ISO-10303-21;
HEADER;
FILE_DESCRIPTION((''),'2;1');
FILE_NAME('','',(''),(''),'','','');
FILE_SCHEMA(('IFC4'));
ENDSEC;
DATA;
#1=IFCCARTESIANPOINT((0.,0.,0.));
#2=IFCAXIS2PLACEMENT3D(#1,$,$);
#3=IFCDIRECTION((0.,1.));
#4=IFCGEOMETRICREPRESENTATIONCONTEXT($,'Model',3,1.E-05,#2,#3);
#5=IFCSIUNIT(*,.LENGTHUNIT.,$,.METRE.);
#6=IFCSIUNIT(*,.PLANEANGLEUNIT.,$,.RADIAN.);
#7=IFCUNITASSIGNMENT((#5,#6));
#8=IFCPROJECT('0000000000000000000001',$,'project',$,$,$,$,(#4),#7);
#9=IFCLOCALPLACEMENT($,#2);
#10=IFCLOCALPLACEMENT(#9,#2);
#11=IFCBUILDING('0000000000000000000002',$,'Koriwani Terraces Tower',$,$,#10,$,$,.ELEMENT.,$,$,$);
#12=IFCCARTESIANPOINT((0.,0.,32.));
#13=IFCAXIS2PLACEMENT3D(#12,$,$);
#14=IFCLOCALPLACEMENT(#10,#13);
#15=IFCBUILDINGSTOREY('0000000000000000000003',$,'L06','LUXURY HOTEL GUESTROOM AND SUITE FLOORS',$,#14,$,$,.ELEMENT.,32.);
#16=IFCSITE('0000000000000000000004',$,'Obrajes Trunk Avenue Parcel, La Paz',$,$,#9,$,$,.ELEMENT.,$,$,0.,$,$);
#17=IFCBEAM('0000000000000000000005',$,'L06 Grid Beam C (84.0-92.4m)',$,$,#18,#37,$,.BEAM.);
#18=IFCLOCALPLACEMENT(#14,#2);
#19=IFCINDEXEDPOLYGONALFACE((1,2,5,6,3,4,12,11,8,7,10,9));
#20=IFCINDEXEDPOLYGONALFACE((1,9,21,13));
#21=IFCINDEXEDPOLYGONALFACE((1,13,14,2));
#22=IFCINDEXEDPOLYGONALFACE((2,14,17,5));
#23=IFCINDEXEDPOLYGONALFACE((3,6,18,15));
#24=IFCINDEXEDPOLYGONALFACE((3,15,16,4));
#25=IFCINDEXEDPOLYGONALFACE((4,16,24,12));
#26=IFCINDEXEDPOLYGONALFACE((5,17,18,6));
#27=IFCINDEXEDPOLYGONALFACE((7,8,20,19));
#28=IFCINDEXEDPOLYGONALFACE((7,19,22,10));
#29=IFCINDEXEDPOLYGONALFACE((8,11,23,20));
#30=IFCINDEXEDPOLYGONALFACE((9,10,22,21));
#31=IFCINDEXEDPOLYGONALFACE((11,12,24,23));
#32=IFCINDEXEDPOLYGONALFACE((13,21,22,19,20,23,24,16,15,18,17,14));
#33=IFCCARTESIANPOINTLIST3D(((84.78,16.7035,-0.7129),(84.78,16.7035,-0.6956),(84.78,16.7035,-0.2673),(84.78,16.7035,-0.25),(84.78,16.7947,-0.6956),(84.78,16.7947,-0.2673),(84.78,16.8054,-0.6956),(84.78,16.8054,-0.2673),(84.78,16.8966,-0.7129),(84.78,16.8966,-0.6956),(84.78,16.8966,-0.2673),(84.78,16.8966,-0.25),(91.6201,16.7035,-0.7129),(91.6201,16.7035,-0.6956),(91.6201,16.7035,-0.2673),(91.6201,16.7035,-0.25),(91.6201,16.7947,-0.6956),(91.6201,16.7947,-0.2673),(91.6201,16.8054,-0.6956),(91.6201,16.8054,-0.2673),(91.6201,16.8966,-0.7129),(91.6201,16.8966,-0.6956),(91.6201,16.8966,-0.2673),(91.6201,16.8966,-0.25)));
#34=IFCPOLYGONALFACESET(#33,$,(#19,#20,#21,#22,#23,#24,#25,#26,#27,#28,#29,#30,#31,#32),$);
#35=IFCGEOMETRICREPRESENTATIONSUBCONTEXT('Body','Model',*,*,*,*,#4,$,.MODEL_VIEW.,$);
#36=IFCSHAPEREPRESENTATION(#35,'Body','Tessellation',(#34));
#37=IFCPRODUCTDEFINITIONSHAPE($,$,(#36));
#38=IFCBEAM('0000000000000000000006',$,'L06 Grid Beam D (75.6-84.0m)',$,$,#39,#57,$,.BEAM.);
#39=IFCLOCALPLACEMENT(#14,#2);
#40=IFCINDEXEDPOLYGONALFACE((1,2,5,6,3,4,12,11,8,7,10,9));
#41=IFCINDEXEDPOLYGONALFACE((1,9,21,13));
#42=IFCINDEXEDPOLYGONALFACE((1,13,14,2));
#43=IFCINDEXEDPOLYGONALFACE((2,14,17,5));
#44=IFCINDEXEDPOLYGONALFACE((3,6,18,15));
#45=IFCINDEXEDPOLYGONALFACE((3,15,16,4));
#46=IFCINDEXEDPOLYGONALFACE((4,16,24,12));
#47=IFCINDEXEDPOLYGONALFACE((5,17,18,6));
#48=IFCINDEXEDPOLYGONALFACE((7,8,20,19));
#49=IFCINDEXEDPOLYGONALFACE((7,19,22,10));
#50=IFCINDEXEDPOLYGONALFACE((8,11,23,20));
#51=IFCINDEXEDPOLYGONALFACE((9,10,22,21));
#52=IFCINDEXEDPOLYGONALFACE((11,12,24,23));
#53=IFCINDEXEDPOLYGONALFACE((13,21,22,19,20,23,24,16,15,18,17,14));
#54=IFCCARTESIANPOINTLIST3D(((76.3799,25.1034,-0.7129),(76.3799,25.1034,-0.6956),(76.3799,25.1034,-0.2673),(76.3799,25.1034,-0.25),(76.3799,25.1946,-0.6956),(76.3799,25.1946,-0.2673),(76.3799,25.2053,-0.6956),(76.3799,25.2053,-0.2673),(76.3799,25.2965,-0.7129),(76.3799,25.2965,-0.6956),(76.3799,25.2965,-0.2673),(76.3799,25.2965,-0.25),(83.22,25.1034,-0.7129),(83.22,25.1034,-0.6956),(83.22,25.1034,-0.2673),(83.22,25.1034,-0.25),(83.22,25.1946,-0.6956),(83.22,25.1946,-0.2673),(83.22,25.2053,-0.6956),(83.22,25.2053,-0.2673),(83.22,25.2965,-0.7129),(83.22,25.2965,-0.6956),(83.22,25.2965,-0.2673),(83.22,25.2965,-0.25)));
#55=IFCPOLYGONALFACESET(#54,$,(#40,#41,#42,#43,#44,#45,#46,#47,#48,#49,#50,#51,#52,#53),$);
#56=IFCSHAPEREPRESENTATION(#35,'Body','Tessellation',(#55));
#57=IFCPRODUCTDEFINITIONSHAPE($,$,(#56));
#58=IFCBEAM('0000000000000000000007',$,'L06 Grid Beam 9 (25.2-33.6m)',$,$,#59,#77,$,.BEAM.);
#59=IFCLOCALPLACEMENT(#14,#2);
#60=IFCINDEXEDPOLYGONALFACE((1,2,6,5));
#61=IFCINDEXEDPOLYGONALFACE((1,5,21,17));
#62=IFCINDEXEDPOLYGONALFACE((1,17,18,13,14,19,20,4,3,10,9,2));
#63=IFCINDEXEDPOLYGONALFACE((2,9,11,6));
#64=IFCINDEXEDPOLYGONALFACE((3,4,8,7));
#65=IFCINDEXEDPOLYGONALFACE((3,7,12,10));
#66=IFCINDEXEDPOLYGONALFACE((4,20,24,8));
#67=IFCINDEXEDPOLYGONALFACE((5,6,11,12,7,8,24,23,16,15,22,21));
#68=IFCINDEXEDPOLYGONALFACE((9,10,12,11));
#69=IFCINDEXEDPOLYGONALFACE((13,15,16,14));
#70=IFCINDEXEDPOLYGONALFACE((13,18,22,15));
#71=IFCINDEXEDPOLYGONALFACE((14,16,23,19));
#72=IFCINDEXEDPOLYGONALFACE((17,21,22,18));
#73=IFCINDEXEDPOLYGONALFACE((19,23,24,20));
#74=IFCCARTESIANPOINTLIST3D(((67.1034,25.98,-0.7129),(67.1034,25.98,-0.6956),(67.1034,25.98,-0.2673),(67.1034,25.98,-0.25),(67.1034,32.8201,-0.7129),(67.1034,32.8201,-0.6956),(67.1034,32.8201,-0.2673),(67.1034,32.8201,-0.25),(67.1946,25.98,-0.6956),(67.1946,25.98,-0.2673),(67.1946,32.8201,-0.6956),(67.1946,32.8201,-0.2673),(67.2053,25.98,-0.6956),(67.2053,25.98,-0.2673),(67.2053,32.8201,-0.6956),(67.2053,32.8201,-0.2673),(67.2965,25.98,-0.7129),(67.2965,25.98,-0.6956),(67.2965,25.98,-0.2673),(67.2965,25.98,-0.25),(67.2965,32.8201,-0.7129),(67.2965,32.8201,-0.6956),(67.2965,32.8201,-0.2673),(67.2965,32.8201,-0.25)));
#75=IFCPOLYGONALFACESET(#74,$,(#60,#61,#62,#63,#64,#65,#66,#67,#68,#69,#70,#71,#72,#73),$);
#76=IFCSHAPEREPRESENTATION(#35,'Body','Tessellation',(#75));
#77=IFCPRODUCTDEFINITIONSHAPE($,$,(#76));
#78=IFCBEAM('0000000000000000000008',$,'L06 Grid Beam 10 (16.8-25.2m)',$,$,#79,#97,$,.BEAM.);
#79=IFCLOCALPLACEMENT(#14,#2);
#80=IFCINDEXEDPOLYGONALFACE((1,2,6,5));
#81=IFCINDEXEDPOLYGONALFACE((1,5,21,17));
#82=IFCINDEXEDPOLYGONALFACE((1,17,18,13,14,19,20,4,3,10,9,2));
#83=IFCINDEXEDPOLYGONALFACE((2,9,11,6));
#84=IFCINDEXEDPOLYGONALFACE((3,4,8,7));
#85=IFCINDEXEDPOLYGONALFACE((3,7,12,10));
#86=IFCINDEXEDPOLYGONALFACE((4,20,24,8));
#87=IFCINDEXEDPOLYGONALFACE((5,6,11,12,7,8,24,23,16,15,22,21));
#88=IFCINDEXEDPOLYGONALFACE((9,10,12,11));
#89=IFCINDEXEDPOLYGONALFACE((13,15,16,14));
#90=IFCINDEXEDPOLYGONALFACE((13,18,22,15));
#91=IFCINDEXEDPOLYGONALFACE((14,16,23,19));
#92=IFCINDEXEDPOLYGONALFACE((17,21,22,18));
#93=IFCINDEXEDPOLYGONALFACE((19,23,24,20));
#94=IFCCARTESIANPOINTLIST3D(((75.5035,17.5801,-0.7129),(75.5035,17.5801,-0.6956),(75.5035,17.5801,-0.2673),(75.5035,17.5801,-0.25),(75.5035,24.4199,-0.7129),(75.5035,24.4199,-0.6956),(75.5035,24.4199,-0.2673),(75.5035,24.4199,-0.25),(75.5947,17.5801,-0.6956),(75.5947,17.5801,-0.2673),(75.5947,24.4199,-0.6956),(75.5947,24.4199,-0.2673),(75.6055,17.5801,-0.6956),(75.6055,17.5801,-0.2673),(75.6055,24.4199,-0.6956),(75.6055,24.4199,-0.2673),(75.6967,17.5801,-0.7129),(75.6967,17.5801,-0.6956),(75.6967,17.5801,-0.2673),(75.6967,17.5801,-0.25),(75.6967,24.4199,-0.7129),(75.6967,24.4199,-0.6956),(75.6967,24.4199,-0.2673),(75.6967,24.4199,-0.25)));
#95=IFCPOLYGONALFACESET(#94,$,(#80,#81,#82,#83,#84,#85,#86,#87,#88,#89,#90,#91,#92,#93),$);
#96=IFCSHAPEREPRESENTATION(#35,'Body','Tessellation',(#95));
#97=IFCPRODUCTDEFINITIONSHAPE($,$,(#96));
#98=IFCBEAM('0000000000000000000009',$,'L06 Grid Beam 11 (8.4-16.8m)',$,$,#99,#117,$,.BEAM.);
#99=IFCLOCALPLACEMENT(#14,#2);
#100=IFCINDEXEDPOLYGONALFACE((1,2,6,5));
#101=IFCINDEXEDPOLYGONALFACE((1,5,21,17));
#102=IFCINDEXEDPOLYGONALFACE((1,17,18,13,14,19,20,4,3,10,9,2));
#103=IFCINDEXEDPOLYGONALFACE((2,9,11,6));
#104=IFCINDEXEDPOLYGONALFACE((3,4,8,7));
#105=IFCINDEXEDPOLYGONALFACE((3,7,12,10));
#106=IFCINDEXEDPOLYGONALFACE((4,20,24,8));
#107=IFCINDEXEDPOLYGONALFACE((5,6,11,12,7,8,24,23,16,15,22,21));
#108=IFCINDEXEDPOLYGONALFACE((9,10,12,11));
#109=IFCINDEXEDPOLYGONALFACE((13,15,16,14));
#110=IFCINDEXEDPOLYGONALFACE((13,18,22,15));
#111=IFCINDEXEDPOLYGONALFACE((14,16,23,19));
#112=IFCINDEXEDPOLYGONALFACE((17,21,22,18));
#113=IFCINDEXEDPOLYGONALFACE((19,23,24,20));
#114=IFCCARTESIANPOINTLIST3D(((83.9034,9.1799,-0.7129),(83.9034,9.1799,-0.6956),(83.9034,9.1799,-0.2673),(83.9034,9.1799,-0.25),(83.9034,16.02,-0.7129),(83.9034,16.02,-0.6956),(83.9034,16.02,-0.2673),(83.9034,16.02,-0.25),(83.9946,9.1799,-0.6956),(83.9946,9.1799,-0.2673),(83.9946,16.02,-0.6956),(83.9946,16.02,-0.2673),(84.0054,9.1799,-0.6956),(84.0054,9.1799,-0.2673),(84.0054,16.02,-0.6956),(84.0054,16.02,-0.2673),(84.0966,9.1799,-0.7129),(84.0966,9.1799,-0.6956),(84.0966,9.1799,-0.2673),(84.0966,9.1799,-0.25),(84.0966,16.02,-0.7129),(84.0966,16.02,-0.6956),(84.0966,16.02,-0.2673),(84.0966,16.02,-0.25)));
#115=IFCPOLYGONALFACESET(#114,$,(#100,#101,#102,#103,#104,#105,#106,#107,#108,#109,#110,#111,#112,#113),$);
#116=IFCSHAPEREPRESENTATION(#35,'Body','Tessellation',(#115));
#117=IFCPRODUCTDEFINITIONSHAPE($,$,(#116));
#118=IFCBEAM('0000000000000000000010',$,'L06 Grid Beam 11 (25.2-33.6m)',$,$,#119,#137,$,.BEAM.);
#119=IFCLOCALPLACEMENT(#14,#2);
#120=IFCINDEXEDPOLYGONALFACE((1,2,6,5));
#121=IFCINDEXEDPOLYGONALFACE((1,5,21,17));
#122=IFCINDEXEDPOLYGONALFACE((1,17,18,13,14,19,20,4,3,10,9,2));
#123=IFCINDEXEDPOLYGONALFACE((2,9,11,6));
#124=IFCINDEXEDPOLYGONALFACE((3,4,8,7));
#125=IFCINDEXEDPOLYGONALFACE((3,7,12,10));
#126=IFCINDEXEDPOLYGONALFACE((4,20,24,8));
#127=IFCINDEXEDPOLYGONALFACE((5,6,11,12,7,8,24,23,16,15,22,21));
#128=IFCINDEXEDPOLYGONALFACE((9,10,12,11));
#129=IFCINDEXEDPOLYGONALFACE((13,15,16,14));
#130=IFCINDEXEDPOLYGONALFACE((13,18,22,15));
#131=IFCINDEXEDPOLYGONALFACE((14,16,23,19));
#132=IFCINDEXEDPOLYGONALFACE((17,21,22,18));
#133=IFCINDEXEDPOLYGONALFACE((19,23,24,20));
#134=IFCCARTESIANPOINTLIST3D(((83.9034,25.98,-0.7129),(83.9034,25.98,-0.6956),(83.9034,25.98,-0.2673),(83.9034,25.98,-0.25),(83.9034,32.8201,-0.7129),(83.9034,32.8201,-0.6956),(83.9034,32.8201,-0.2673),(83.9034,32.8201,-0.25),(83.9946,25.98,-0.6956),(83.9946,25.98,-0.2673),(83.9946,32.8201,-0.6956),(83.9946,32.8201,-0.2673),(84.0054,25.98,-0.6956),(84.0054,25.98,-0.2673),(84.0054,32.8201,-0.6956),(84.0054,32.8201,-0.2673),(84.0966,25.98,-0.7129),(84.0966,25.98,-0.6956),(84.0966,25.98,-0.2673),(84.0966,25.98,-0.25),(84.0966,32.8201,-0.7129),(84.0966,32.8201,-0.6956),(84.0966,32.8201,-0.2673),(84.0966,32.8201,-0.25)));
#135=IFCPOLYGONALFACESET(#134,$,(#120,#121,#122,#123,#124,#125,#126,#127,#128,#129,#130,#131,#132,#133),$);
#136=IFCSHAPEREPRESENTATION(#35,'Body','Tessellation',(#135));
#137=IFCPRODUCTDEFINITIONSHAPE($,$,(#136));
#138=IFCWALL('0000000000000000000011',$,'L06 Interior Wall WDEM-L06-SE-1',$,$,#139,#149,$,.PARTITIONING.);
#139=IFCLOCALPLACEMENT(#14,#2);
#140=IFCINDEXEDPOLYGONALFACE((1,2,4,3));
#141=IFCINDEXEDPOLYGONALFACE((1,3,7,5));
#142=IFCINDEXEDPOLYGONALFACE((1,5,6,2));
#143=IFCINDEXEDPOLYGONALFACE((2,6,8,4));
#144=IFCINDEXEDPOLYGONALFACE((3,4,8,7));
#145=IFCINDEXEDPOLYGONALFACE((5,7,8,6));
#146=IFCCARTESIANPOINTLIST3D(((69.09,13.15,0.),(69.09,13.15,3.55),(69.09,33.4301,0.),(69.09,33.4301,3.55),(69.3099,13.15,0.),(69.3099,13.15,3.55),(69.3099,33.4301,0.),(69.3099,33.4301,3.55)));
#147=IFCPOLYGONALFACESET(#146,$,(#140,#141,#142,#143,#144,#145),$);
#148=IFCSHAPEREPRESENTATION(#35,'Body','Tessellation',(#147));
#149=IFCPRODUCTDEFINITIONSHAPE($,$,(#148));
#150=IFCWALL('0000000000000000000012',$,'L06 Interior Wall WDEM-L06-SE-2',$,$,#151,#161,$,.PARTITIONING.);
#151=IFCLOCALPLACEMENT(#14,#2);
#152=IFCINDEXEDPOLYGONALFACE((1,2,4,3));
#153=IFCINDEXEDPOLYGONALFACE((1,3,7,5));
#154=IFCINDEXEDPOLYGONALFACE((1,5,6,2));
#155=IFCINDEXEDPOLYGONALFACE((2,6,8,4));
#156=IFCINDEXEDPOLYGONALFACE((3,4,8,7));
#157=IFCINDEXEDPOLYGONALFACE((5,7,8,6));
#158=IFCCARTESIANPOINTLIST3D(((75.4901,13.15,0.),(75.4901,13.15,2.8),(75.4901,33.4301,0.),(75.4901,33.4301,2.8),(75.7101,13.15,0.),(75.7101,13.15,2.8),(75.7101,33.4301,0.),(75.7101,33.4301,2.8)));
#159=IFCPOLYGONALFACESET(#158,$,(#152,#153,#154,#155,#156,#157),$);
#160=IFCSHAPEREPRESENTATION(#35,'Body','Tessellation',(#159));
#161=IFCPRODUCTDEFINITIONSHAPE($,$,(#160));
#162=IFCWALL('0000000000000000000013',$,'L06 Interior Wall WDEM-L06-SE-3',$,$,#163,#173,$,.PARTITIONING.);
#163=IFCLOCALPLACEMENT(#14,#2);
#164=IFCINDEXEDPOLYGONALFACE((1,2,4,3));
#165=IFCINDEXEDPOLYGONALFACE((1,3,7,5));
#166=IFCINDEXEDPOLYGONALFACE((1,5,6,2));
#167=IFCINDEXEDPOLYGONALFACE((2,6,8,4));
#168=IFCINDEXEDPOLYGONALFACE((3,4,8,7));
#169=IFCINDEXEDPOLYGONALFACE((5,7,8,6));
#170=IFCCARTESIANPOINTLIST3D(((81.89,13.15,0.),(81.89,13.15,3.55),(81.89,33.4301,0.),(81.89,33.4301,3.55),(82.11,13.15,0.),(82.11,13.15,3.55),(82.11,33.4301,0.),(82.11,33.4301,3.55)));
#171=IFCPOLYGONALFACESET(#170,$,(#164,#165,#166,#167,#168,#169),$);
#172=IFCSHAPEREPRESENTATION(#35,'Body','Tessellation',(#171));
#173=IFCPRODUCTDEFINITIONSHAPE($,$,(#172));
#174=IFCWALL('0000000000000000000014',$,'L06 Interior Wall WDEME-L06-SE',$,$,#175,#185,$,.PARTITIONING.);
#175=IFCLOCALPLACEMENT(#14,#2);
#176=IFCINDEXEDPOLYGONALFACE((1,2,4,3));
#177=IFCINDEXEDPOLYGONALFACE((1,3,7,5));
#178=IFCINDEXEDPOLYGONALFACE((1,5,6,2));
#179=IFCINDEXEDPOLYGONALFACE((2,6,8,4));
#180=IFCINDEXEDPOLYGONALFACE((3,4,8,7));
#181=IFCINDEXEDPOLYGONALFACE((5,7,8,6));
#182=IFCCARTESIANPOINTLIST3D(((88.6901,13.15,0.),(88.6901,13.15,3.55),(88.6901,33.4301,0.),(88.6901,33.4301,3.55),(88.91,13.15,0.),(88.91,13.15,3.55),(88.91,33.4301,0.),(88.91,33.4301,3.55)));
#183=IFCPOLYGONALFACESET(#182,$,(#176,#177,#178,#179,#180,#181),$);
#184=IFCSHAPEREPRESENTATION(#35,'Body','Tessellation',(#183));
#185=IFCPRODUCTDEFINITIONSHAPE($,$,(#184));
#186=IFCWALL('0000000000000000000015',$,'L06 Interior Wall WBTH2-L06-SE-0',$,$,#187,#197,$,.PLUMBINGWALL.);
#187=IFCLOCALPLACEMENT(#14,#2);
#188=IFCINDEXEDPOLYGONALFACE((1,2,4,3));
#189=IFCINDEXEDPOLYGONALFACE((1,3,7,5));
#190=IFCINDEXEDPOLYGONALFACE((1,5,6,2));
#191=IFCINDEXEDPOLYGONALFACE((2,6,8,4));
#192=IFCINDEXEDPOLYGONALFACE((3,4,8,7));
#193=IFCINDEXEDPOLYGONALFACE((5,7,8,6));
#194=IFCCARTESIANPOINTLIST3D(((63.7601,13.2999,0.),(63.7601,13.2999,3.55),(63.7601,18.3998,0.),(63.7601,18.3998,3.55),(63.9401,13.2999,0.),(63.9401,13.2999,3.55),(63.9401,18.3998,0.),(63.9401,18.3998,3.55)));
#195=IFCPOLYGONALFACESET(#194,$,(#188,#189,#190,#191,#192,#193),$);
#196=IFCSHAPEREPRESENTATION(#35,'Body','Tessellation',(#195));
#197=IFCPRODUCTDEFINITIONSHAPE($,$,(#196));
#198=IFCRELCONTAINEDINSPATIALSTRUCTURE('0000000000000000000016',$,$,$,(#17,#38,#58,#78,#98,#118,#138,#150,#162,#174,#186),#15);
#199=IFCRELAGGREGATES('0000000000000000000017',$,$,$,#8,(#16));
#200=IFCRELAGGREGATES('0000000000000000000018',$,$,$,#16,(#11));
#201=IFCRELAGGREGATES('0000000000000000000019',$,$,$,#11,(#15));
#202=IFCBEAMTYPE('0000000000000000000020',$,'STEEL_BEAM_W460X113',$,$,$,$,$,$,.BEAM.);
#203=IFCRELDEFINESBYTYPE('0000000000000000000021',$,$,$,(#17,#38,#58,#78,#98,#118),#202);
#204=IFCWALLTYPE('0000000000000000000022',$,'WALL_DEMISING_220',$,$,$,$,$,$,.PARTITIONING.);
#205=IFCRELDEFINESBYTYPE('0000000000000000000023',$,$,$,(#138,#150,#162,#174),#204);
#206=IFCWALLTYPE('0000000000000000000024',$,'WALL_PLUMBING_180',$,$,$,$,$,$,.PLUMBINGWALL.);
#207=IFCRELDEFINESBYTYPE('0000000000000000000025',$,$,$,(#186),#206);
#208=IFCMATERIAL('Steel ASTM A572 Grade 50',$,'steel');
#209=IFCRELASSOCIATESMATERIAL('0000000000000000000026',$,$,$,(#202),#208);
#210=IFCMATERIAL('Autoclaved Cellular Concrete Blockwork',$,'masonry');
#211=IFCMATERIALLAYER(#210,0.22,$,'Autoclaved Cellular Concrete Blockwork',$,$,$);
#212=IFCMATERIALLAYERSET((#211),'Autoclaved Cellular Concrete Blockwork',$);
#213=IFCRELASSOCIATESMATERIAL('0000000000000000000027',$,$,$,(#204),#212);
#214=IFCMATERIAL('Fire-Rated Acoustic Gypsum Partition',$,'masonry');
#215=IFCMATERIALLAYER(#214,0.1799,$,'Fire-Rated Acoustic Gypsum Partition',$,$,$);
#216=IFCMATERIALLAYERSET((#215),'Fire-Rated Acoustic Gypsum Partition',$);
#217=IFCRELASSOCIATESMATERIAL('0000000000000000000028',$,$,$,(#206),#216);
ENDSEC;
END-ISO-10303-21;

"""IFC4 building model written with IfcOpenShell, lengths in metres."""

from ifc_helpers import new_model, si_unit, direction, frame, frame_2d, origin, origin_2d, place, context, subcontext, project, spatial, rectangle, i_section, extrude, material, layer, layer_set, material_profile, profile_set, type_object, element, save


model = new_model("IFC4")

# Units and contexts
model_context = context("Model", 3, precision=1e-05, world=origin(), true_north=direction((0.0, 1.0)))
body_context = subcontext(model_context, "Body", "Model", "MODEL_VIEW")
ifc_project = project(units=[si_unit("LENGTHUNIT", "METRE"), si_unit("PLANEANGLEUNIT", "RADIAN")], contexts=[model_context])

# Site, building, storey
site_placement = place(None, origin())
site = spatial("IfcSite", under=ifc_project, at=site_placement, Name="Obrajes Trunk Avenue Parcel, La Paz", CompositionType="ELEMENT", RefElevation=0.0)
building_placement = place(site_placement, origin())
building = spatial("IfcBuilding", under=site, at=building_placement, Name="Koriwani Terraces Tower", CompositionType="ELEMENT")
storey_placement = place(building_placement, frame((0.0, 0.0, 32.0)))
storey = spatial("IfcBuildingStorey", under=building, at=storey_placement, Name="L06", Description="LUXURY HOTEL GUESTROOM AND SUITE FLOORS", CompositionType="ELEMENT", Elevation=32.0)

# Beams
ifc_material_1 = material(Name="Steel ASTM A572 Grade 50", Category="steel")
ifc_material_profile_1 = material_profile(ifc_material_1, i_section(OverallWidth=0.1931, OverallDepth=0.4629, WebThickness=0.0107, FlangeThickness=0.0173, at=origin_2d()), Name="Steel ASTM A572 Grade 50", Category="LoadBearing")
ifc_profile_set_1 = profile_set([ifc_material_profile_1], Name="Steel ASTM A572 Grade 50")
beam_type_1 = type_object("IfcBeamType", Name="STEEL_BEAM_W460X113", PredefinedType="BEAM", material=ifc_profile_set_1)
for number, where, z_axis, x_axis, name in (
    (1, (84.78, 16.8, -0.4814), (1.0, 0.0, 0.0), (0.0, 1.0, 0.0), "L06 Grid Beam C (84.0-92.4m)"),
    (2, (76.3799, 25.2, -0.4814), (1.0, 0.0, 0.0), (0.0, 1.0, 0.0), "L06 Grid Beam D (75.6-84.0m)"),
    (3, (67.2, 25.98, -0.4814), (0.0, 1.0, 0.0), (-1.0, 0.0, 0.0), "L06 Grid Beam 9 (25.2-33.6m)"),
):
    element("IfcBeam", number, at=place(storey_placement, frame(where, z_axis=z_axis, x_axis=x_axis)), inside=storey, type_object=beam_type_1, Name=name, PredefinedType="BEAM", context=body_context, shape_type="SweptSolid", body=[
        extrude(i_section(OverallWidth=0.1931, OverallDepth=0.4629, WebThickness=0.0107, FlangeThickness=0.0173, at=origin_2d()), origin(), (0.0, 0.0, 1.0), 6.8401),
    ])
beam_1_placement = place(storey_placement, frame((75.6001, 17.5801, -0.4814), z_axis=(0.0, 1.0, 0.0), x_axis=(-1.0, 0.0, 0.0)))
element("IfcBeam", 4, at=beam_1_placement, inside=storey, type_object=beam_type_1, Name="L06 Grid Beam 10 (16.8-25.2m)", PredefinedType="BEAM", context=body_context, shape_type="SweptSolid", body=[
    extrude(i_section(OverallWidth=0.1931, OverallDepth=0.4629, WebThickness=0.0107, FlangeThickness=0.0173, at=origin_2d()), origin(), (0.0, 0.0, 1.0), 6.8398),
])
for number, where, z_axis, x_axis, name in (
    (5, (84.0, 9.1799, -0.4814), (0.0, 1.0, 0.0), (-1.0, 0.0, 0.0), "L06 Grid Beam 11 (8.4-16.8m)"),
    (6, (84.0, 25.98, -0.4814), (0.0, 1.0, 0.0), (-1.0, 0.0, 0.0), "L06 Grid Beam 11 (25.2-33.6m)"),
):
    element("IfcBeam", number, at=place(storey_placement, frame(where, z_axis=z_axis, x_axis=x_axis)), inside=storey, type_object=beam_type_1, Name=name, PredefinedType="BEAM", context=body_context, shape_type="SweptSolid", body=[
        extrude(i_section(OverallWidth=0.1931, OverallDepth=0.4629, WebThickness=0.0107, FlangeThickness=0.0173, at=origin_2d()), origin(), (0.0, 0.0, 1.0), 6.8401),
    ])

# Walls
ifc_material_2 = material(Name="Autoclaved Cellular Concrete Blockwork", Category="masonry")
ifc_layer_1 = layer(ifc_material_2, 0.22, Name="Autoclaved Cellular Concrete Blockwork")
ifc_layer_set_1 = layer_set([ifc_layer_1], Name="Autoclaved Cellular Concrete Blockwork")
wall_type_1 = type_object("IfcWallType", Name="WALL_DEMISING_220", PredefinedType="PARTITIONING", material=ifc_layer_set_1)
wall_1_placement = place(storey_placement, frame((69.2, 13.1499, 0.0), z_axis=(0.0, 0.0, 1.0), x_axis=(0.0, 1.0, 0.0)))
element("IfcWall", 7, at=wall_1_placement, inside=storey, type_object=wall_type_1, Name="L06 Interior Wall WDEM-L06-SE-1", PredefinedType="PARTITIONING", context=body_context, shape_type="SweptSolid", body=[
    extrude(rectangle(XDim=20.28, YDim=0.22, at=frame_2d((10.1401, 0.0))), origin(), (0.0, 0.0, 1.0), 3.55),
])
wall_2_placement = place(storey_placement, frame((75.6001, 13.1499, 0.0), z_axis=(0.0, 0.0, 1.0), x_axis=(0.0, 1.0, 0.0)))
element("IfcWall", 8, at=wall_2_placement, inside=storey, type_object=wall_type_1, Name="L06 Interior Wall WDEM-L06-SE-2", PredefinedType="PARTITIONING", context=body_context, shape_type="SweptSolid", body=[
    extrude(rectangle(XDim=20.28, YDim=0.22, at=frame_2d((10.1401, 0.0))), origin(), (0.0, 0.0, 1.0), 2.8),
])
for number, where, z_axis, x_axis, name in (
    (9, (82.0, 13.1499, 0.0), (0.0, 0.0, 1.0), (0.0, 1.0, 0.0), "L06 Interior Wall WDEM-L06-SE-3"),
    (10, (88.8, 13.1499, 0.0), (0.0, 0.0, 1.0), (0.0, 1.0, 0.0), "L06 Interior Wall WDEME-L06-SE"),
):
    element("IfcWall", number, at=place(storey_placement, frame(where, z_axis=z_axis, x_axis=x_axis)), inside=storey, type_object=wall_type_1, Name=name, PredefinedType="PARTITIONING", context=body_context, shape_type="SweptSolid", body=[
        extrude(rectangle(XDim=20.28, YDim=0.22, at=frame_2d((10.1401, 0.0))), origin(), (0.0, 0.0, 1.0), 3.55),
    ])
ifc_material_3 = material(Name="Fire-Rated Acoustic Gypsum Partition", Category="masonry")
ifc_layer_2 = layer(ifc_material_3, 0.1799, Name="Fire-Rated Acoustic Gypsum Partition")
ifc_layer_set_2 = layer_set([ifc_layer_2], Name="Fire-Rated Acoustic Gypsum Partition")
wall_type_2 = type_object("IfcWallType", Name="WALL_PLUMBING_180", PredefinedType="PLUMBINGWALL", material=ifc_layer_set_2)
wall_3_placement = place(storey_placement, frame((63.8501, 13.3, 0.0), z_axis=(0.0, 0.0, 1.0), x_axis=(0.0, 1.0, 0.0)))
element("IfcWall", 11, at=wall_3_placement, inside=storey, type_object=wall_type_2, Name="L06 Interior Wall WBTH2-L06-SE-0", PredefinedType="PLUMBINGWALL", context=body_context, shape_type="SweptSolid", body=[
    extrude(rectangle(XDim=5.0999, YDim=0.1799, at=frame_2d((2.5498, 0.0))), origin(), (0.0, 0.0, 1.0), 3.55),
])

save(model, "model.ifc")
